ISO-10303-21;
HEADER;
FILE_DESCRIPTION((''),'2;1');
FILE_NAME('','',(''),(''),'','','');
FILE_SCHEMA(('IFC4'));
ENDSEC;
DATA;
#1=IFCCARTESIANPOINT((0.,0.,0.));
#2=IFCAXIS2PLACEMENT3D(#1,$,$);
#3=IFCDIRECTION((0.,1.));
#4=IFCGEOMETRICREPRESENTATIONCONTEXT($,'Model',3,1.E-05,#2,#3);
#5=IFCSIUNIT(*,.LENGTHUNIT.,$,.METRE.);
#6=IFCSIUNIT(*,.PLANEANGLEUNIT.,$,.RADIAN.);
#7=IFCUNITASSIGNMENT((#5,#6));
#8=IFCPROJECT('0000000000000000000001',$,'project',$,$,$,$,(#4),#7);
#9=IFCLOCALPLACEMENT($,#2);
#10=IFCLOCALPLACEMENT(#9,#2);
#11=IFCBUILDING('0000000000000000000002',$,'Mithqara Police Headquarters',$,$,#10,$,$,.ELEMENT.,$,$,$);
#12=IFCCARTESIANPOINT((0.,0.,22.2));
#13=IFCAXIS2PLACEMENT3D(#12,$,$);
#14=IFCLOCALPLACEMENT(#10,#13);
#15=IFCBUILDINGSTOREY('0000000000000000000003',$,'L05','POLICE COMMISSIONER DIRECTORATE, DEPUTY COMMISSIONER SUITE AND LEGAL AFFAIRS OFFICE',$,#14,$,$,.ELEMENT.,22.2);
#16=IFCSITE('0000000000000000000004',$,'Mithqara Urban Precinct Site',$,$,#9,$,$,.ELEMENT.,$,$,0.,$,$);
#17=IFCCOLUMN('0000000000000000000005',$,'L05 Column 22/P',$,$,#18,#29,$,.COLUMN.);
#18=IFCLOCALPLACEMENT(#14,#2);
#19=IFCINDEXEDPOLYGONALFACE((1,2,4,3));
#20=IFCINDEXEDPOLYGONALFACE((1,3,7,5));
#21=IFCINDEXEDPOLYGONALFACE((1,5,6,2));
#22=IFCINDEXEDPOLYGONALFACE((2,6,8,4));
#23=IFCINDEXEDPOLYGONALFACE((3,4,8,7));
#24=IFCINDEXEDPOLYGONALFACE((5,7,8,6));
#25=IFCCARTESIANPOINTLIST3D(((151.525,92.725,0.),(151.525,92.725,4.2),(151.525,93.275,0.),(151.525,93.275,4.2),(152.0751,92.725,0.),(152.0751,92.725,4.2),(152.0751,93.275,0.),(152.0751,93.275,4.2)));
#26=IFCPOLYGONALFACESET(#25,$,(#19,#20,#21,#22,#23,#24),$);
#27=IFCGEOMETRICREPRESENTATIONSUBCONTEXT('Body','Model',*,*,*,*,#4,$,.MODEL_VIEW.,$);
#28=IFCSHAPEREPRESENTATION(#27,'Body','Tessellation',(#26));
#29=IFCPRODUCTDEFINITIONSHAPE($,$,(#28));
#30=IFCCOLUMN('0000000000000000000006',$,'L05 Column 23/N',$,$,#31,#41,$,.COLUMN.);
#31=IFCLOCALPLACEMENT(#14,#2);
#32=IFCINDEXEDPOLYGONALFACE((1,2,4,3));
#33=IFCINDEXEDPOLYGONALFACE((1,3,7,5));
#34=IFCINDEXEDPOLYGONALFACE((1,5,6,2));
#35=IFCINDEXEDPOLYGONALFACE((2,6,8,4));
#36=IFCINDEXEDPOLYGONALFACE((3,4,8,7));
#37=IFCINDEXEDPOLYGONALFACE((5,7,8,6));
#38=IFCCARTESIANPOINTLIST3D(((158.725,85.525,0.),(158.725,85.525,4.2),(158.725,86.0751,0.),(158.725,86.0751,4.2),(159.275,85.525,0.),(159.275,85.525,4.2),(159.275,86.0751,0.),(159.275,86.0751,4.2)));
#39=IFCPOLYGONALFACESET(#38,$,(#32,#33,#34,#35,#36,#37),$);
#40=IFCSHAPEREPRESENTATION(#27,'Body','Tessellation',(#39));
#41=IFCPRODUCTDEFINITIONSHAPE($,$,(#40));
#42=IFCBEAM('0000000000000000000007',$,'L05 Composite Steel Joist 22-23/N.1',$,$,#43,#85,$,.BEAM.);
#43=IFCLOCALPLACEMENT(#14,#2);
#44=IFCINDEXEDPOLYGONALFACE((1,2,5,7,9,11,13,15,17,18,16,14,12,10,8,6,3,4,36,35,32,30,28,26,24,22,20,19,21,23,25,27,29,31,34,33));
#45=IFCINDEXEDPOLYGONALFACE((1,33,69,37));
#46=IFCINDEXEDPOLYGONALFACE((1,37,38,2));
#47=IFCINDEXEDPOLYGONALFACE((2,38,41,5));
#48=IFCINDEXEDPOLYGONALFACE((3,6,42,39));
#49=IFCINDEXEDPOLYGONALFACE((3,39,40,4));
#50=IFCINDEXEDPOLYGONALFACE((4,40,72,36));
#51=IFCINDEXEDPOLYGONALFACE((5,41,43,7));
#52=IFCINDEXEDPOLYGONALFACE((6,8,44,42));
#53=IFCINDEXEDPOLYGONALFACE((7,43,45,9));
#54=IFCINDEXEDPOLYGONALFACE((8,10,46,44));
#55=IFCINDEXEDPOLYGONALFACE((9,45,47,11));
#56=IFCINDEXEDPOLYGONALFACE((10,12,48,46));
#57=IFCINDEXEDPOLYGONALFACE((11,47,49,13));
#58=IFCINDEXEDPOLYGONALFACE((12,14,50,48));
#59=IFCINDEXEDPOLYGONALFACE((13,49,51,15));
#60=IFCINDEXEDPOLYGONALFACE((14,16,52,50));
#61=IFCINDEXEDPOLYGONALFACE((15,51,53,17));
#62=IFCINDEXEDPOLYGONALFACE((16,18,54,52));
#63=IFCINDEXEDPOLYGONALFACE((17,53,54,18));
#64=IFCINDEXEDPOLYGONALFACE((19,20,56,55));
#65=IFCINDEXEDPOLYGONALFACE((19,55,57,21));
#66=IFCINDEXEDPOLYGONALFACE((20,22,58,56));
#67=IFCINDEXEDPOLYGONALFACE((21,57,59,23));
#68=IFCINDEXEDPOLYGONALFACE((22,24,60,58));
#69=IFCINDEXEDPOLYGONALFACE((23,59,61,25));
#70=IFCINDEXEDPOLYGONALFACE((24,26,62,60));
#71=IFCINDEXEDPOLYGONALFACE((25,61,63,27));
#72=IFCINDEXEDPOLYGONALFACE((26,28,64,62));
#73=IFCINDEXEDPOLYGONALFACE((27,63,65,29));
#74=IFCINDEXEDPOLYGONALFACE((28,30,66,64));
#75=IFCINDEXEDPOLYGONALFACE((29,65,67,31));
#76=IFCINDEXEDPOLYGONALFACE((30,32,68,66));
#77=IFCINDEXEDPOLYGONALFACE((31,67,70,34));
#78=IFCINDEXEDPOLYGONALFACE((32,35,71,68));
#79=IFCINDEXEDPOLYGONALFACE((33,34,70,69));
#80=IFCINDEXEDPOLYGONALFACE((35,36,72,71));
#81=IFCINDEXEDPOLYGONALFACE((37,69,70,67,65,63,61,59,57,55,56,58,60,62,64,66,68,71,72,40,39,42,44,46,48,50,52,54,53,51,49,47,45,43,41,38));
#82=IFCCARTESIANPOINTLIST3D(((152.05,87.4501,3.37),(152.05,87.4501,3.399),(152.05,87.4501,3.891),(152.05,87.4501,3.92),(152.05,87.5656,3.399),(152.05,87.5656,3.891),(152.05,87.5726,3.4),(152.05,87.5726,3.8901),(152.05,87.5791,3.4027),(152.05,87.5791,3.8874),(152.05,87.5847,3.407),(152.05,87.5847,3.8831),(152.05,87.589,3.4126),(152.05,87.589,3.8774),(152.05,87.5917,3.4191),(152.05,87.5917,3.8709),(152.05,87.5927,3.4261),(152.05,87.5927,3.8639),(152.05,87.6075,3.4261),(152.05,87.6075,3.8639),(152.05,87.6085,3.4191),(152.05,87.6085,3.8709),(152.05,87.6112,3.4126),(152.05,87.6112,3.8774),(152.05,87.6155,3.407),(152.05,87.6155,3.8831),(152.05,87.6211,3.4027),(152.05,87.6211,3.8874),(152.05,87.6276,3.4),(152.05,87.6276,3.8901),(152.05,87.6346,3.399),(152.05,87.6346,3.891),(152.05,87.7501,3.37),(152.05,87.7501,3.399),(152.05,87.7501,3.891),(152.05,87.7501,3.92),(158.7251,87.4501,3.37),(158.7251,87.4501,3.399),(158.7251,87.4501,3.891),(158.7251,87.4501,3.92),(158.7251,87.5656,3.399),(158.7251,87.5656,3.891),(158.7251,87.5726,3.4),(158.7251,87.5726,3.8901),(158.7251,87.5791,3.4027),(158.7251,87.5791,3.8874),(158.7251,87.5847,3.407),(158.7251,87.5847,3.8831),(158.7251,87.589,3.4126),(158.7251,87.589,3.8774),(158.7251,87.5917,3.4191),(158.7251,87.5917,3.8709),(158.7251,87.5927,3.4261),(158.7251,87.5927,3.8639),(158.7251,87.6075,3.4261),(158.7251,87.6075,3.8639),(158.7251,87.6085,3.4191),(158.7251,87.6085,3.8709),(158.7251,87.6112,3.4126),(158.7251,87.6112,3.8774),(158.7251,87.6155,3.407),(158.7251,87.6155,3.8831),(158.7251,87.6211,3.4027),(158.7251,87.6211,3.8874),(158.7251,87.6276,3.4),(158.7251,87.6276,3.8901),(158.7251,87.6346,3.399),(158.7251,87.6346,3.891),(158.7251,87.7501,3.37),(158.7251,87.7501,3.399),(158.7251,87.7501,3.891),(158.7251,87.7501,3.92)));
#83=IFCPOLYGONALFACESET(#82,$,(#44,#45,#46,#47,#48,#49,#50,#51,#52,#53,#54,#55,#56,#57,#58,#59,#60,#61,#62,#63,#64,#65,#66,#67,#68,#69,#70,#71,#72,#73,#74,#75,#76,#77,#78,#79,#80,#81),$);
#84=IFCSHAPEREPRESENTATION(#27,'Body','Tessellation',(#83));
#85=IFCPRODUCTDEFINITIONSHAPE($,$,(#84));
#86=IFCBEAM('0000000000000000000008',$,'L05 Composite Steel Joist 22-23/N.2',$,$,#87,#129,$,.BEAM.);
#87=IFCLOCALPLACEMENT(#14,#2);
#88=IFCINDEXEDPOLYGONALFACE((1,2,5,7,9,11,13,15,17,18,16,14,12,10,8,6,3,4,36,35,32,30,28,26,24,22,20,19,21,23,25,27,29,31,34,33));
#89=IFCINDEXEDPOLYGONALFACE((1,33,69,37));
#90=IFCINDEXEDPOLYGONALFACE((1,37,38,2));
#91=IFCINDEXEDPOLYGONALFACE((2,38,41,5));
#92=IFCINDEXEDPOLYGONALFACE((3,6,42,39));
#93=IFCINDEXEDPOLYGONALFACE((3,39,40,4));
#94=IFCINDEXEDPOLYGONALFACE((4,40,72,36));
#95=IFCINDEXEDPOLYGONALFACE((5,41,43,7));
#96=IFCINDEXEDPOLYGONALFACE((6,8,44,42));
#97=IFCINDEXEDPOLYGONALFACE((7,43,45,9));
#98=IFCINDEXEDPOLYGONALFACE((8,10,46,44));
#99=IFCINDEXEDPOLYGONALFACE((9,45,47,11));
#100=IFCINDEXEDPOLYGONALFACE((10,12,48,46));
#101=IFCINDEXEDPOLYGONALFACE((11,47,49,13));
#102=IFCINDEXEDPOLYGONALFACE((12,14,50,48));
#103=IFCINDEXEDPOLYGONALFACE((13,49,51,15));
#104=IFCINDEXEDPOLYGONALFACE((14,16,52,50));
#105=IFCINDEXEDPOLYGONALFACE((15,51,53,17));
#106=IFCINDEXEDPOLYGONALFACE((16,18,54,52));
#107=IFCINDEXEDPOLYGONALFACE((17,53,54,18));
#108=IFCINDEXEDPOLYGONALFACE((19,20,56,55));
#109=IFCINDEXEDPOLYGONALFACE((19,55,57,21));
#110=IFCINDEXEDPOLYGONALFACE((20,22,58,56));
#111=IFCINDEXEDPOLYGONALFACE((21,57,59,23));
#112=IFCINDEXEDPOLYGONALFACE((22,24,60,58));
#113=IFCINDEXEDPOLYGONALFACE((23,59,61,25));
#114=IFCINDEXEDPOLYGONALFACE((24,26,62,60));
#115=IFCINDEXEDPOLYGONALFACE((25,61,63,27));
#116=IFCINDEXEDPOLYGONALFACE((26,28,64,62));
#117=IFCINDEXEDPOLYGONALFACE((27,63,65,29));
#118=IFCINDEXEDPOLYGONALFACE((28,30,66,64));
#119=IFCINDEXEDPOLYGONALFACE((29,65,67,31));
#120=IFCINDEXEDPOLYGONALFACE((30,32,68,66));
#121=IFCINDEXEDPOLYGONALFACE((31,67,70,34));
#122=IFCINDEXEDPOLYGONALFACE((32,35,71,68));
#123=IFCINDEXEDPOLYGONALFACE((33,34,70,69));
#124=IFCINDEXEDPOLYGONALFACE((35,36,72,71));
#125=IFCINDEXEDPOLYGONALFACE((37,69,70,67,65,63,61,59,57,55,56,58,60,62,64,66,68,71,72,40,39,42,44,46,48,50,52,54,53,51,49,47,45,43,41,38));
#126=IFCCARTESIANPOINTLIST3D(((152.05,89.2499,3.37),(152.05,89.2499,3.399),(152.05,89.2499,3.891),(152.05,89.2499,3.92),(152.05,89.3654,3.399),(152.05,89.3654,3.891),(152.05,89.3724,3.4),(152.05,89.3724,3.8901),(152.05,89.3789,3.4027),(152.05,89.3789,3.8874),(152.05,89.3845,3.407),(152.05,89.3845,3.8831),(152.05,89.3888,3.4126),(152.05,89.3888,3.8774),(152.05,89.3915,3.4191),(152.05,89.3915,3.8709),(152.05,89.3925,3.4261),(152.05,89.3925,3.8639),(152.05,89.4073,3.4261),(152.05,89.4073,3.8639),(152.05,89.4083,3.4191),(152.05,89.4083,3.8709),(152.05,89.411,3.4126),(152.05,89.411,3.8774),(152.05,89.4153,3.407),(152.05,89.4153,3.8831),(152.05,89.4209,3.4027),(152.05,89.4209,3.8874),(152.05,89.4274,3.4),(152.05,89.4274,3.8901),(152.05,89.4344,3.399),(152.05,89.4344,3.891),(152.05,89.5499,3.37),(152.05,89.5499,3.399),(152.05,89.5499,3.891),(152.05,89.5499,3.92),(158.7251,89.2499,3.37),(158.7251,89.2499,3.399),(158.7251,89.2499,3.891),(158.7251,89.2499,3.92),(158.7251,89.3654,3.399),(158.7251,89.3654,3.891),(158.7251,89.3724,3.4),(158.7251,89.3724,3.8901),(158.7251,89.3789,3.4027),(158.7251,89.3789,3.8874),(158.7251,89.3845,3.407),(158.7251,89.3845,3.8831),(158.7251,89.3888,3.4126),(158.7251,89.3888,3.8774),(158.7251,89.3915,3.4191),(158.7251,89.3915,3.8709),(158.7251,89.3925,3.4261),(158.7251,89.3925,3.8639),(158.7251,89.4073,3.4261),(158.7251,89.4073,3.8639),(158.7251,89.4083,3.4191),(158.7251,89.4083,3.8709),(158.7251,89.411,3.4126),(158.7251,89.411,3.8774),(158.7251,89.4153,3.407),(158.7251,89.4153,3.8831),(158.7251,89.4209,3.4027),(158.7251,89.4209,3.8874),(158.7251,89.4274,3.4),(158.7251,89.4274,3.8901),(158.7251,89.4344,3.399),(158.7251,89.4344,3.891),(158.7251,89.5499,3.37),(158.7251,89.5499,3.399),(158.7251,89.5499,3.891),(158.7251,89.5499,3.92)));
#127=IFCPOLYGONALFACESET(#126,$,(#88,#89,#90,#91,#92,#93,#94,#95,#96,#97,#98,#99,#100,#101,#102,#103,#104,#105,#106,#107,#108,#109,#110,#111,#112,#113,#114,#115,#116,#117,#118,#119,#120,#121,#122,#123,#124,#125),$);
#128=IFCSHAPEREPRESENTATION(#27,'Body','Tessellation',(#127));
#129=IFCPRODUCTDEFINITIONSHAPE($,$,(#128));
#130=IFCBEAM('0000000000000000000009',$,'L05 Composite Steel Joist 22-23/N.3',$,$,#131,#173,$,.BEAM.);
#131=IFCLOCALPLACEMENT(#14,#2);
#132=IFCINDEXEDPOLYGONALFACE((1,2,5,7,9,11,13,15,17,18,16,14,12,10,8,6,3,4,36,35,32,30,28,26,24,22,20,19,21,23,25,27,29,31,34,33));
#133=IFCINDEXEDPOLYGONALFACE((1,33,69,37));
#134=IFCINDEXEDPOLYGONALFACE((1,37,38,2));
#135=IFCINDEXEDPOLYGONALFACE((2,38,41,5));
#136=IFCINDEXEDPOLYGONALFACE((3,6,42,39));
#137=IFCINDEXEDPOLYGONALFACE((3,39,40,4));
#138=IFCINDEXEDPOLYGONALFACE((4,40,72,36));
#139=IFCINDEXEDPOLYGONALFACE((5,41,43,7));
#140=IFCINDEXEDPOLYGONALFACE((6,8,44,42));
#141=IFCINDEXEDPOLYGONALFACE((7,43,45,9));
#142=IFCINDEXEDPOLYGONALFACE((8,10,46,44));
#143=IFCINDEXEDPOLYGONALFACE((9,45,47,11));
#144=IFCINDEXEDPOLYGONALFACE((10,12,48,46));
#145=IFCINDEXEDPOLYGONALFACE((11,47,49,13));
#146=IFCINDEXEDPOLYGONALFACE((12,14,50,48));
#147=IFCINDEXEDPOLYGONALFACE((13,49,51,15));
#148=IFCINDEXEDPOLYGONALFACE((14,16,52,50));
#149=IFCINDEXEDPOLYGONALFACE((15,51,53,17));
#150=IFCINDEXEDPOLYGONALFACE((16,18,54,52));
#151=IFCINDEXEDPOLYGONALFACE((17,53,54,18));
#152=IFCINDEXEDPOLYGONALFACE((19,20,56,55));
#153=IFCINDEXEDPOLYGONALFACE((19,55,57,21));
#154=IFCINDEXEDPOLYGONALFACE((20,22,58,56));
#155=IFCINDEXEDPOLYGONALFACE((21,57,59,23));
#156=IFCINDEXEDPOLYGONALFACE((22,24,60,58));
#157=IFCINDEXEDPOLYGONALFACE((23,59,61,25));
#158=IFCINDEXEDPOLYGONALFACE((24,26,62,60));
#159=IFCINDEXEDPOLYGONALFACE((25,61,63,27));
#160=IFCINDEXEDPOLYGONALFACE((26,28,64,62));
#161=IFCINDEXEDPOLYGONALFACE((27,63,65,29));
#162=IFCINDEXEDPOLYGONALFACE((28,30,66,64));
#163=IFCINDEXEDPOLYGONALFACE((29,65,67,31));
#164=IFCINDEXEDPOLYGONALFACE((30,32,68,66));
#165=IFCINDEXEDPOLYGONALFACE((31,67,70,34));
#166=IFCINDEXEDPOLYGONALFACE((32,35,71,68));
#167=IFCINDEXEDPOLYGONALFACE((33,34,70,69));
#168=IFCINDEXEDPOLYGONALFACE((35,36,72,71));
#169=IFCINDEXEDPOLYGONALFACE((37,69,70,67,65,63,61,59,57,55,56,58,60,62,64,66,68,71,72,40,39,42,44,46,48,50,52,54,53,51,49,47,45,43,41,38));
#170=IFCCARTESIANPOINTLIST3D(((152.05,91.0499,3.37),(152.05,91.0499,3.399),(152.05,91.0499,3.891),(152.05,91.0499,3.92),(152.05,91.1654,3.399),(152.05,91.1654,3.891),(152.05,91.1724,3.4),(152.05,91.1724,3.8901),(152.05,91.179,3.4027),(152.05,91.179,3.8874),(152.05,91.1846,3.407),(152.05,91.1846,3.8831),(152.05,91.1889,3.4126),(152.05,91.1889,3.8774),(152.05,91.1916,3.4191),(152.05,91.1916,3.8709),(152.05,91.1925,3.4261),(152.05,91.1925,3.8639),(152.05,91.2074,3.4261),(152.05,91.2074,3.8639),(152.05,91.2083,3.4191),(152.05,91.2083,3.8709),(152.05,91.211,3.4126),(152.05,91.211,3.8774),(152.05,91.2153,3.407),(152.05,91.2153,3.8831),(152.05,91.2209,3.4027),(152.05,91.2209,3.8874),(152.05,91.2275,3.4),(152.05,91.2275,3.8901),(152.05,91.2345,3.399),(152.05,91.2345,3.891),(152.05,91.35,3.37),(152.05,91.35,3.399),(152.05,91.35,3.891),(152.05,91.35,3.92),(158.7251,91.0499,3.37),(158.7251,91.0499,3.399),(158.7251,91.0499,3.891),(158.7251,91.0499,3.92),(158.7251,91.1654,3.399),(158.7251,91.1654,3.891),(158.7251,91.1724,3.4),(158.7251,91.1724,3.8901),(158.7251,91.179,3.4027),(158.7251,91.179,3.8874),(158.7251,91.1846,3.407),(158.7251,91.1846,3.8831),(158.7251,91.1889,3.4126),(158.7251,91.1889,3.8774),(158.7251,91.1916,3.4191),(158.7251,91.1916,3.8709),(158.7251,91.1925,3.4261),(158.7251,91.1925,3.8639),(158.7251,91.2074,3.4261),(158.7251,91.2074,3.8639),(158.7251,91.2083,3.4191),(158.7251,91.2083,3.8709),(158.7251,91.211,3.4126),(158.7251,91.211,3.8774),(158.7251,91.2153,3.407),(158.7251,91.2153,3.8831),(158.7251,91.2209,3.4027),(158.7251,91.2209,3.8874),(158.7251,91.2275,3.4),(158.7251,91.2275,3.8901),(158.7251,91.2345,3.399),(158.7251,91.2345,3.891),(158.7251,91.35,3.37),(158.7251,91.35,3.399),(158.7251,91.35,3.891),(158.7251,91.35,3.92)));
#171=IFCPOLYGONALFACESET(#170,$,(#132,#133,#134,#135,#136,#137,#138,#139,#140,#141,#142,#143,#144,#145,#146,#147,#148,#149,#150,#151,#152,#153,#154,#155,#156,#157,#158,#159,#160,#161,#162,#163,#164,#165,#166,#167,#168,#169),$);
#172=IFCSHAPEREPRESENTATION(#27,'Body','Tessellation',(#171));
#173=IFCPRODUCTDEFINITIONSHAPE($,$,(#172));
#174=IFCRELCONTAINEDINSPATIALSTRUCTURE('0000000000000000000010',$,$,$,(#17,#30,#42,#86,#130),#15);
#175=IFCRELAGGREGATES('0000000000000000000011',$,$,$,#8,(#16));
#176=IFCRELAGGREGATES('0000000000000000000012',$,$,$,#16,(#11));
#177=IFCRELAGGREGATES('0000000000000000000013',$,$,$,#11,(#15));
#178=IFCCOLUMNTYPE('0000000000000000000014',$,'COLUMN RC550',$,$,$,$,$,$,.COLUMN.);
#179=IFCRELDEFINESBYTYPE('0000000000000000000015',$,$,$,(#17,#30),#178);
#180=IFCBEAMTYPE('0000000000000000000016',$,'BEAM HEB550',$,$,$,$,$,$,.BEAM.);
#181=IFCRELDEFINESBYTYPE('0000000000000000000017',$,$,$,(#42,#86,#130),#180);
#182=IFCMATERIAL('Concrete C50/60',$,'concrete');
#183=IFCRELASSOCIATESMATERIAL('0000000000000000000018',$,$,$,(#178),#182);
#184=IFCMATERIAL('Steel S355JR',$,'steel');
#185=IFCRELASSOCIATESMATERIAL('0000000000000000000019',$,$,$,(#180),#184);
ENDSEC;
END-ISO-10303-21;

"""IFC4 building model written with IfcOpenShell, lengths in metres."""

from ifc_helpers import new_model, si_unit, direction, frame, origin, origin_2d, place, context, subcontext, project, spatial, rectangle, i_section, extrude, material, material_profile, profile_set, type_object, element, save


model = new_model("IFC4")

# Units and contexts
model_context = context("Model", 3, precision=1e-05, world=origin(), true_north=direction((0.0, 1.0)))
body_context = subcontext(model_context, "Body", "Model", "MODEL_VIEW")
ifc_project = project(units=[si_unit("LENGTHUNIT", "METRE"), si_unit("PLANEANGLEUNIT", "RADIAN")], contexts=[model_context])

# Site, building, storey
site_placement = place(None, origin())
site = spatial("IfcSite", under=ifc_project, at=site_placement, Name="Mithqara Urban Precinct Site", CompositionType="ELEMENT", RefElevation=0.0)
building_placement = place(site_placement, origin())
building = spatial("IfcBuilding", under=site, at=building_placement, Name="Mithqara Police Headquarters", CompositionType="ELEMENT")
storey_placement = place(building_placement, frame((0.0, 0.0, 22.2)))
storey = spatial("IfcBuildingStorey", under=building, at=storey_placement, Name="L05", Description="POLICE COMMISSIONER DIRECTORATE, DEPUTY COMMISSIONER SUITE AND LEGAL AFFAIRS OFFICE", CompositionType="ELEMENT", Elevation=22.2)

# Columns
ifc_material_1 = material(Name="Concrete C50/60", Category="concrete")
ifc_material_profile_1 = material_profile(ifc_material_1, rectangle(XDim=0.55, YDim=0.55, at=origin_2d()), Name="RC 550x550")
ifc_profile_set_1 = profile_set([ifc_material_profile_1], Name="Concrete C50/60")
column_type = type_object("IfcColumnType", Name="COLUMN RC550", PredefinedType="COLUMN", material=ifc_profile_set_1)
for number, where, z_axis, x_axis, name in (
    (1, (151.8, 93.0, 0.0), (0.0, 0.0, 1.0), (1.0, 0.0, 0.0), "L05 Column 22/P"),
    (2, (159.0, 85.8, 0.0), (0.0, 0.0, 1.0), (1.0, 0.0, 0.0), "L05 Column 23/N"),
):
    element("IfcColumn", number, at=place(storey_placement, frame(where, z_axis=z_axis, x_axis=x_axis)), inside=storey, type_object=column_type, Name=name, PredefinedType="COLUMN", context=body_context, shape_type="SweptSolid", body=[
        extrude(rectangle(XDim=0.55, YDim=0.55, at=origin_2d()), origin(), (0.0, 0.0, 1.0), 4.2),
    ])

# Beams
ifc_material_2 = material(Name="Steel S355JR", Category="steel")
ifc_material_profile_2 = material_profile(ifc_material_2, i_section(OverallWidth=0.3, OverallDepth=0.55, WebThickness=0.0149, FlangeThickness=0.0291, FilletRadius=0.0271, at=origin_2d()), Name="HEB 550")
ifc_profile_set_2 = profile_set([ifc_material_profile_2], Name="Steel S355JR")
beam_type_1 = type_object("IfcBeamType", Name="BEAM HEB550", PredefinedType="BEAM", material=ifc_profile_set_2)
for number, where, z_axis, x_axis, name in (
    (3, (152.05, 87.6001, 3.645), (1.0, 0.0, 0.0), (0.0, 1.0, 0.0), "L05 Composite Steel Joist 22-23/N.1"),
    (4, (152.05, 89.3999, 3.645), (1.0, 0.0, 0.0), (0.0, 1.0, 0.0), "L05 Composite Steel Joist 22-23/N.2"),
    (5, (152.05, 91.2, 3.645), (1.0, 0.0, 0.0), (0.0, 1.0, 0.0), "L05 Composite Steel Joist 22-23/N.3"),
):
    element("IfcBeam", number, at=place(storey_placement, frame(where, z_axis=z_axis, x_axis=x_axis)), inside=storey, type_object=beam_type_1, Name=name, PredefinedType="BEAM", context=body_context, shape_type="SweptSolid", body=[
        extrude(i_section(OverallWidth=0.3, OverallDepth=0.55, WebThickness=0.0149, FlangeThickness=0.0291, FilletRadius=0.0271, at=origin_2d()), origin(), (0.0, 0.0, 1.0), 6.675),
    ])

save(model, "model.ifc")
